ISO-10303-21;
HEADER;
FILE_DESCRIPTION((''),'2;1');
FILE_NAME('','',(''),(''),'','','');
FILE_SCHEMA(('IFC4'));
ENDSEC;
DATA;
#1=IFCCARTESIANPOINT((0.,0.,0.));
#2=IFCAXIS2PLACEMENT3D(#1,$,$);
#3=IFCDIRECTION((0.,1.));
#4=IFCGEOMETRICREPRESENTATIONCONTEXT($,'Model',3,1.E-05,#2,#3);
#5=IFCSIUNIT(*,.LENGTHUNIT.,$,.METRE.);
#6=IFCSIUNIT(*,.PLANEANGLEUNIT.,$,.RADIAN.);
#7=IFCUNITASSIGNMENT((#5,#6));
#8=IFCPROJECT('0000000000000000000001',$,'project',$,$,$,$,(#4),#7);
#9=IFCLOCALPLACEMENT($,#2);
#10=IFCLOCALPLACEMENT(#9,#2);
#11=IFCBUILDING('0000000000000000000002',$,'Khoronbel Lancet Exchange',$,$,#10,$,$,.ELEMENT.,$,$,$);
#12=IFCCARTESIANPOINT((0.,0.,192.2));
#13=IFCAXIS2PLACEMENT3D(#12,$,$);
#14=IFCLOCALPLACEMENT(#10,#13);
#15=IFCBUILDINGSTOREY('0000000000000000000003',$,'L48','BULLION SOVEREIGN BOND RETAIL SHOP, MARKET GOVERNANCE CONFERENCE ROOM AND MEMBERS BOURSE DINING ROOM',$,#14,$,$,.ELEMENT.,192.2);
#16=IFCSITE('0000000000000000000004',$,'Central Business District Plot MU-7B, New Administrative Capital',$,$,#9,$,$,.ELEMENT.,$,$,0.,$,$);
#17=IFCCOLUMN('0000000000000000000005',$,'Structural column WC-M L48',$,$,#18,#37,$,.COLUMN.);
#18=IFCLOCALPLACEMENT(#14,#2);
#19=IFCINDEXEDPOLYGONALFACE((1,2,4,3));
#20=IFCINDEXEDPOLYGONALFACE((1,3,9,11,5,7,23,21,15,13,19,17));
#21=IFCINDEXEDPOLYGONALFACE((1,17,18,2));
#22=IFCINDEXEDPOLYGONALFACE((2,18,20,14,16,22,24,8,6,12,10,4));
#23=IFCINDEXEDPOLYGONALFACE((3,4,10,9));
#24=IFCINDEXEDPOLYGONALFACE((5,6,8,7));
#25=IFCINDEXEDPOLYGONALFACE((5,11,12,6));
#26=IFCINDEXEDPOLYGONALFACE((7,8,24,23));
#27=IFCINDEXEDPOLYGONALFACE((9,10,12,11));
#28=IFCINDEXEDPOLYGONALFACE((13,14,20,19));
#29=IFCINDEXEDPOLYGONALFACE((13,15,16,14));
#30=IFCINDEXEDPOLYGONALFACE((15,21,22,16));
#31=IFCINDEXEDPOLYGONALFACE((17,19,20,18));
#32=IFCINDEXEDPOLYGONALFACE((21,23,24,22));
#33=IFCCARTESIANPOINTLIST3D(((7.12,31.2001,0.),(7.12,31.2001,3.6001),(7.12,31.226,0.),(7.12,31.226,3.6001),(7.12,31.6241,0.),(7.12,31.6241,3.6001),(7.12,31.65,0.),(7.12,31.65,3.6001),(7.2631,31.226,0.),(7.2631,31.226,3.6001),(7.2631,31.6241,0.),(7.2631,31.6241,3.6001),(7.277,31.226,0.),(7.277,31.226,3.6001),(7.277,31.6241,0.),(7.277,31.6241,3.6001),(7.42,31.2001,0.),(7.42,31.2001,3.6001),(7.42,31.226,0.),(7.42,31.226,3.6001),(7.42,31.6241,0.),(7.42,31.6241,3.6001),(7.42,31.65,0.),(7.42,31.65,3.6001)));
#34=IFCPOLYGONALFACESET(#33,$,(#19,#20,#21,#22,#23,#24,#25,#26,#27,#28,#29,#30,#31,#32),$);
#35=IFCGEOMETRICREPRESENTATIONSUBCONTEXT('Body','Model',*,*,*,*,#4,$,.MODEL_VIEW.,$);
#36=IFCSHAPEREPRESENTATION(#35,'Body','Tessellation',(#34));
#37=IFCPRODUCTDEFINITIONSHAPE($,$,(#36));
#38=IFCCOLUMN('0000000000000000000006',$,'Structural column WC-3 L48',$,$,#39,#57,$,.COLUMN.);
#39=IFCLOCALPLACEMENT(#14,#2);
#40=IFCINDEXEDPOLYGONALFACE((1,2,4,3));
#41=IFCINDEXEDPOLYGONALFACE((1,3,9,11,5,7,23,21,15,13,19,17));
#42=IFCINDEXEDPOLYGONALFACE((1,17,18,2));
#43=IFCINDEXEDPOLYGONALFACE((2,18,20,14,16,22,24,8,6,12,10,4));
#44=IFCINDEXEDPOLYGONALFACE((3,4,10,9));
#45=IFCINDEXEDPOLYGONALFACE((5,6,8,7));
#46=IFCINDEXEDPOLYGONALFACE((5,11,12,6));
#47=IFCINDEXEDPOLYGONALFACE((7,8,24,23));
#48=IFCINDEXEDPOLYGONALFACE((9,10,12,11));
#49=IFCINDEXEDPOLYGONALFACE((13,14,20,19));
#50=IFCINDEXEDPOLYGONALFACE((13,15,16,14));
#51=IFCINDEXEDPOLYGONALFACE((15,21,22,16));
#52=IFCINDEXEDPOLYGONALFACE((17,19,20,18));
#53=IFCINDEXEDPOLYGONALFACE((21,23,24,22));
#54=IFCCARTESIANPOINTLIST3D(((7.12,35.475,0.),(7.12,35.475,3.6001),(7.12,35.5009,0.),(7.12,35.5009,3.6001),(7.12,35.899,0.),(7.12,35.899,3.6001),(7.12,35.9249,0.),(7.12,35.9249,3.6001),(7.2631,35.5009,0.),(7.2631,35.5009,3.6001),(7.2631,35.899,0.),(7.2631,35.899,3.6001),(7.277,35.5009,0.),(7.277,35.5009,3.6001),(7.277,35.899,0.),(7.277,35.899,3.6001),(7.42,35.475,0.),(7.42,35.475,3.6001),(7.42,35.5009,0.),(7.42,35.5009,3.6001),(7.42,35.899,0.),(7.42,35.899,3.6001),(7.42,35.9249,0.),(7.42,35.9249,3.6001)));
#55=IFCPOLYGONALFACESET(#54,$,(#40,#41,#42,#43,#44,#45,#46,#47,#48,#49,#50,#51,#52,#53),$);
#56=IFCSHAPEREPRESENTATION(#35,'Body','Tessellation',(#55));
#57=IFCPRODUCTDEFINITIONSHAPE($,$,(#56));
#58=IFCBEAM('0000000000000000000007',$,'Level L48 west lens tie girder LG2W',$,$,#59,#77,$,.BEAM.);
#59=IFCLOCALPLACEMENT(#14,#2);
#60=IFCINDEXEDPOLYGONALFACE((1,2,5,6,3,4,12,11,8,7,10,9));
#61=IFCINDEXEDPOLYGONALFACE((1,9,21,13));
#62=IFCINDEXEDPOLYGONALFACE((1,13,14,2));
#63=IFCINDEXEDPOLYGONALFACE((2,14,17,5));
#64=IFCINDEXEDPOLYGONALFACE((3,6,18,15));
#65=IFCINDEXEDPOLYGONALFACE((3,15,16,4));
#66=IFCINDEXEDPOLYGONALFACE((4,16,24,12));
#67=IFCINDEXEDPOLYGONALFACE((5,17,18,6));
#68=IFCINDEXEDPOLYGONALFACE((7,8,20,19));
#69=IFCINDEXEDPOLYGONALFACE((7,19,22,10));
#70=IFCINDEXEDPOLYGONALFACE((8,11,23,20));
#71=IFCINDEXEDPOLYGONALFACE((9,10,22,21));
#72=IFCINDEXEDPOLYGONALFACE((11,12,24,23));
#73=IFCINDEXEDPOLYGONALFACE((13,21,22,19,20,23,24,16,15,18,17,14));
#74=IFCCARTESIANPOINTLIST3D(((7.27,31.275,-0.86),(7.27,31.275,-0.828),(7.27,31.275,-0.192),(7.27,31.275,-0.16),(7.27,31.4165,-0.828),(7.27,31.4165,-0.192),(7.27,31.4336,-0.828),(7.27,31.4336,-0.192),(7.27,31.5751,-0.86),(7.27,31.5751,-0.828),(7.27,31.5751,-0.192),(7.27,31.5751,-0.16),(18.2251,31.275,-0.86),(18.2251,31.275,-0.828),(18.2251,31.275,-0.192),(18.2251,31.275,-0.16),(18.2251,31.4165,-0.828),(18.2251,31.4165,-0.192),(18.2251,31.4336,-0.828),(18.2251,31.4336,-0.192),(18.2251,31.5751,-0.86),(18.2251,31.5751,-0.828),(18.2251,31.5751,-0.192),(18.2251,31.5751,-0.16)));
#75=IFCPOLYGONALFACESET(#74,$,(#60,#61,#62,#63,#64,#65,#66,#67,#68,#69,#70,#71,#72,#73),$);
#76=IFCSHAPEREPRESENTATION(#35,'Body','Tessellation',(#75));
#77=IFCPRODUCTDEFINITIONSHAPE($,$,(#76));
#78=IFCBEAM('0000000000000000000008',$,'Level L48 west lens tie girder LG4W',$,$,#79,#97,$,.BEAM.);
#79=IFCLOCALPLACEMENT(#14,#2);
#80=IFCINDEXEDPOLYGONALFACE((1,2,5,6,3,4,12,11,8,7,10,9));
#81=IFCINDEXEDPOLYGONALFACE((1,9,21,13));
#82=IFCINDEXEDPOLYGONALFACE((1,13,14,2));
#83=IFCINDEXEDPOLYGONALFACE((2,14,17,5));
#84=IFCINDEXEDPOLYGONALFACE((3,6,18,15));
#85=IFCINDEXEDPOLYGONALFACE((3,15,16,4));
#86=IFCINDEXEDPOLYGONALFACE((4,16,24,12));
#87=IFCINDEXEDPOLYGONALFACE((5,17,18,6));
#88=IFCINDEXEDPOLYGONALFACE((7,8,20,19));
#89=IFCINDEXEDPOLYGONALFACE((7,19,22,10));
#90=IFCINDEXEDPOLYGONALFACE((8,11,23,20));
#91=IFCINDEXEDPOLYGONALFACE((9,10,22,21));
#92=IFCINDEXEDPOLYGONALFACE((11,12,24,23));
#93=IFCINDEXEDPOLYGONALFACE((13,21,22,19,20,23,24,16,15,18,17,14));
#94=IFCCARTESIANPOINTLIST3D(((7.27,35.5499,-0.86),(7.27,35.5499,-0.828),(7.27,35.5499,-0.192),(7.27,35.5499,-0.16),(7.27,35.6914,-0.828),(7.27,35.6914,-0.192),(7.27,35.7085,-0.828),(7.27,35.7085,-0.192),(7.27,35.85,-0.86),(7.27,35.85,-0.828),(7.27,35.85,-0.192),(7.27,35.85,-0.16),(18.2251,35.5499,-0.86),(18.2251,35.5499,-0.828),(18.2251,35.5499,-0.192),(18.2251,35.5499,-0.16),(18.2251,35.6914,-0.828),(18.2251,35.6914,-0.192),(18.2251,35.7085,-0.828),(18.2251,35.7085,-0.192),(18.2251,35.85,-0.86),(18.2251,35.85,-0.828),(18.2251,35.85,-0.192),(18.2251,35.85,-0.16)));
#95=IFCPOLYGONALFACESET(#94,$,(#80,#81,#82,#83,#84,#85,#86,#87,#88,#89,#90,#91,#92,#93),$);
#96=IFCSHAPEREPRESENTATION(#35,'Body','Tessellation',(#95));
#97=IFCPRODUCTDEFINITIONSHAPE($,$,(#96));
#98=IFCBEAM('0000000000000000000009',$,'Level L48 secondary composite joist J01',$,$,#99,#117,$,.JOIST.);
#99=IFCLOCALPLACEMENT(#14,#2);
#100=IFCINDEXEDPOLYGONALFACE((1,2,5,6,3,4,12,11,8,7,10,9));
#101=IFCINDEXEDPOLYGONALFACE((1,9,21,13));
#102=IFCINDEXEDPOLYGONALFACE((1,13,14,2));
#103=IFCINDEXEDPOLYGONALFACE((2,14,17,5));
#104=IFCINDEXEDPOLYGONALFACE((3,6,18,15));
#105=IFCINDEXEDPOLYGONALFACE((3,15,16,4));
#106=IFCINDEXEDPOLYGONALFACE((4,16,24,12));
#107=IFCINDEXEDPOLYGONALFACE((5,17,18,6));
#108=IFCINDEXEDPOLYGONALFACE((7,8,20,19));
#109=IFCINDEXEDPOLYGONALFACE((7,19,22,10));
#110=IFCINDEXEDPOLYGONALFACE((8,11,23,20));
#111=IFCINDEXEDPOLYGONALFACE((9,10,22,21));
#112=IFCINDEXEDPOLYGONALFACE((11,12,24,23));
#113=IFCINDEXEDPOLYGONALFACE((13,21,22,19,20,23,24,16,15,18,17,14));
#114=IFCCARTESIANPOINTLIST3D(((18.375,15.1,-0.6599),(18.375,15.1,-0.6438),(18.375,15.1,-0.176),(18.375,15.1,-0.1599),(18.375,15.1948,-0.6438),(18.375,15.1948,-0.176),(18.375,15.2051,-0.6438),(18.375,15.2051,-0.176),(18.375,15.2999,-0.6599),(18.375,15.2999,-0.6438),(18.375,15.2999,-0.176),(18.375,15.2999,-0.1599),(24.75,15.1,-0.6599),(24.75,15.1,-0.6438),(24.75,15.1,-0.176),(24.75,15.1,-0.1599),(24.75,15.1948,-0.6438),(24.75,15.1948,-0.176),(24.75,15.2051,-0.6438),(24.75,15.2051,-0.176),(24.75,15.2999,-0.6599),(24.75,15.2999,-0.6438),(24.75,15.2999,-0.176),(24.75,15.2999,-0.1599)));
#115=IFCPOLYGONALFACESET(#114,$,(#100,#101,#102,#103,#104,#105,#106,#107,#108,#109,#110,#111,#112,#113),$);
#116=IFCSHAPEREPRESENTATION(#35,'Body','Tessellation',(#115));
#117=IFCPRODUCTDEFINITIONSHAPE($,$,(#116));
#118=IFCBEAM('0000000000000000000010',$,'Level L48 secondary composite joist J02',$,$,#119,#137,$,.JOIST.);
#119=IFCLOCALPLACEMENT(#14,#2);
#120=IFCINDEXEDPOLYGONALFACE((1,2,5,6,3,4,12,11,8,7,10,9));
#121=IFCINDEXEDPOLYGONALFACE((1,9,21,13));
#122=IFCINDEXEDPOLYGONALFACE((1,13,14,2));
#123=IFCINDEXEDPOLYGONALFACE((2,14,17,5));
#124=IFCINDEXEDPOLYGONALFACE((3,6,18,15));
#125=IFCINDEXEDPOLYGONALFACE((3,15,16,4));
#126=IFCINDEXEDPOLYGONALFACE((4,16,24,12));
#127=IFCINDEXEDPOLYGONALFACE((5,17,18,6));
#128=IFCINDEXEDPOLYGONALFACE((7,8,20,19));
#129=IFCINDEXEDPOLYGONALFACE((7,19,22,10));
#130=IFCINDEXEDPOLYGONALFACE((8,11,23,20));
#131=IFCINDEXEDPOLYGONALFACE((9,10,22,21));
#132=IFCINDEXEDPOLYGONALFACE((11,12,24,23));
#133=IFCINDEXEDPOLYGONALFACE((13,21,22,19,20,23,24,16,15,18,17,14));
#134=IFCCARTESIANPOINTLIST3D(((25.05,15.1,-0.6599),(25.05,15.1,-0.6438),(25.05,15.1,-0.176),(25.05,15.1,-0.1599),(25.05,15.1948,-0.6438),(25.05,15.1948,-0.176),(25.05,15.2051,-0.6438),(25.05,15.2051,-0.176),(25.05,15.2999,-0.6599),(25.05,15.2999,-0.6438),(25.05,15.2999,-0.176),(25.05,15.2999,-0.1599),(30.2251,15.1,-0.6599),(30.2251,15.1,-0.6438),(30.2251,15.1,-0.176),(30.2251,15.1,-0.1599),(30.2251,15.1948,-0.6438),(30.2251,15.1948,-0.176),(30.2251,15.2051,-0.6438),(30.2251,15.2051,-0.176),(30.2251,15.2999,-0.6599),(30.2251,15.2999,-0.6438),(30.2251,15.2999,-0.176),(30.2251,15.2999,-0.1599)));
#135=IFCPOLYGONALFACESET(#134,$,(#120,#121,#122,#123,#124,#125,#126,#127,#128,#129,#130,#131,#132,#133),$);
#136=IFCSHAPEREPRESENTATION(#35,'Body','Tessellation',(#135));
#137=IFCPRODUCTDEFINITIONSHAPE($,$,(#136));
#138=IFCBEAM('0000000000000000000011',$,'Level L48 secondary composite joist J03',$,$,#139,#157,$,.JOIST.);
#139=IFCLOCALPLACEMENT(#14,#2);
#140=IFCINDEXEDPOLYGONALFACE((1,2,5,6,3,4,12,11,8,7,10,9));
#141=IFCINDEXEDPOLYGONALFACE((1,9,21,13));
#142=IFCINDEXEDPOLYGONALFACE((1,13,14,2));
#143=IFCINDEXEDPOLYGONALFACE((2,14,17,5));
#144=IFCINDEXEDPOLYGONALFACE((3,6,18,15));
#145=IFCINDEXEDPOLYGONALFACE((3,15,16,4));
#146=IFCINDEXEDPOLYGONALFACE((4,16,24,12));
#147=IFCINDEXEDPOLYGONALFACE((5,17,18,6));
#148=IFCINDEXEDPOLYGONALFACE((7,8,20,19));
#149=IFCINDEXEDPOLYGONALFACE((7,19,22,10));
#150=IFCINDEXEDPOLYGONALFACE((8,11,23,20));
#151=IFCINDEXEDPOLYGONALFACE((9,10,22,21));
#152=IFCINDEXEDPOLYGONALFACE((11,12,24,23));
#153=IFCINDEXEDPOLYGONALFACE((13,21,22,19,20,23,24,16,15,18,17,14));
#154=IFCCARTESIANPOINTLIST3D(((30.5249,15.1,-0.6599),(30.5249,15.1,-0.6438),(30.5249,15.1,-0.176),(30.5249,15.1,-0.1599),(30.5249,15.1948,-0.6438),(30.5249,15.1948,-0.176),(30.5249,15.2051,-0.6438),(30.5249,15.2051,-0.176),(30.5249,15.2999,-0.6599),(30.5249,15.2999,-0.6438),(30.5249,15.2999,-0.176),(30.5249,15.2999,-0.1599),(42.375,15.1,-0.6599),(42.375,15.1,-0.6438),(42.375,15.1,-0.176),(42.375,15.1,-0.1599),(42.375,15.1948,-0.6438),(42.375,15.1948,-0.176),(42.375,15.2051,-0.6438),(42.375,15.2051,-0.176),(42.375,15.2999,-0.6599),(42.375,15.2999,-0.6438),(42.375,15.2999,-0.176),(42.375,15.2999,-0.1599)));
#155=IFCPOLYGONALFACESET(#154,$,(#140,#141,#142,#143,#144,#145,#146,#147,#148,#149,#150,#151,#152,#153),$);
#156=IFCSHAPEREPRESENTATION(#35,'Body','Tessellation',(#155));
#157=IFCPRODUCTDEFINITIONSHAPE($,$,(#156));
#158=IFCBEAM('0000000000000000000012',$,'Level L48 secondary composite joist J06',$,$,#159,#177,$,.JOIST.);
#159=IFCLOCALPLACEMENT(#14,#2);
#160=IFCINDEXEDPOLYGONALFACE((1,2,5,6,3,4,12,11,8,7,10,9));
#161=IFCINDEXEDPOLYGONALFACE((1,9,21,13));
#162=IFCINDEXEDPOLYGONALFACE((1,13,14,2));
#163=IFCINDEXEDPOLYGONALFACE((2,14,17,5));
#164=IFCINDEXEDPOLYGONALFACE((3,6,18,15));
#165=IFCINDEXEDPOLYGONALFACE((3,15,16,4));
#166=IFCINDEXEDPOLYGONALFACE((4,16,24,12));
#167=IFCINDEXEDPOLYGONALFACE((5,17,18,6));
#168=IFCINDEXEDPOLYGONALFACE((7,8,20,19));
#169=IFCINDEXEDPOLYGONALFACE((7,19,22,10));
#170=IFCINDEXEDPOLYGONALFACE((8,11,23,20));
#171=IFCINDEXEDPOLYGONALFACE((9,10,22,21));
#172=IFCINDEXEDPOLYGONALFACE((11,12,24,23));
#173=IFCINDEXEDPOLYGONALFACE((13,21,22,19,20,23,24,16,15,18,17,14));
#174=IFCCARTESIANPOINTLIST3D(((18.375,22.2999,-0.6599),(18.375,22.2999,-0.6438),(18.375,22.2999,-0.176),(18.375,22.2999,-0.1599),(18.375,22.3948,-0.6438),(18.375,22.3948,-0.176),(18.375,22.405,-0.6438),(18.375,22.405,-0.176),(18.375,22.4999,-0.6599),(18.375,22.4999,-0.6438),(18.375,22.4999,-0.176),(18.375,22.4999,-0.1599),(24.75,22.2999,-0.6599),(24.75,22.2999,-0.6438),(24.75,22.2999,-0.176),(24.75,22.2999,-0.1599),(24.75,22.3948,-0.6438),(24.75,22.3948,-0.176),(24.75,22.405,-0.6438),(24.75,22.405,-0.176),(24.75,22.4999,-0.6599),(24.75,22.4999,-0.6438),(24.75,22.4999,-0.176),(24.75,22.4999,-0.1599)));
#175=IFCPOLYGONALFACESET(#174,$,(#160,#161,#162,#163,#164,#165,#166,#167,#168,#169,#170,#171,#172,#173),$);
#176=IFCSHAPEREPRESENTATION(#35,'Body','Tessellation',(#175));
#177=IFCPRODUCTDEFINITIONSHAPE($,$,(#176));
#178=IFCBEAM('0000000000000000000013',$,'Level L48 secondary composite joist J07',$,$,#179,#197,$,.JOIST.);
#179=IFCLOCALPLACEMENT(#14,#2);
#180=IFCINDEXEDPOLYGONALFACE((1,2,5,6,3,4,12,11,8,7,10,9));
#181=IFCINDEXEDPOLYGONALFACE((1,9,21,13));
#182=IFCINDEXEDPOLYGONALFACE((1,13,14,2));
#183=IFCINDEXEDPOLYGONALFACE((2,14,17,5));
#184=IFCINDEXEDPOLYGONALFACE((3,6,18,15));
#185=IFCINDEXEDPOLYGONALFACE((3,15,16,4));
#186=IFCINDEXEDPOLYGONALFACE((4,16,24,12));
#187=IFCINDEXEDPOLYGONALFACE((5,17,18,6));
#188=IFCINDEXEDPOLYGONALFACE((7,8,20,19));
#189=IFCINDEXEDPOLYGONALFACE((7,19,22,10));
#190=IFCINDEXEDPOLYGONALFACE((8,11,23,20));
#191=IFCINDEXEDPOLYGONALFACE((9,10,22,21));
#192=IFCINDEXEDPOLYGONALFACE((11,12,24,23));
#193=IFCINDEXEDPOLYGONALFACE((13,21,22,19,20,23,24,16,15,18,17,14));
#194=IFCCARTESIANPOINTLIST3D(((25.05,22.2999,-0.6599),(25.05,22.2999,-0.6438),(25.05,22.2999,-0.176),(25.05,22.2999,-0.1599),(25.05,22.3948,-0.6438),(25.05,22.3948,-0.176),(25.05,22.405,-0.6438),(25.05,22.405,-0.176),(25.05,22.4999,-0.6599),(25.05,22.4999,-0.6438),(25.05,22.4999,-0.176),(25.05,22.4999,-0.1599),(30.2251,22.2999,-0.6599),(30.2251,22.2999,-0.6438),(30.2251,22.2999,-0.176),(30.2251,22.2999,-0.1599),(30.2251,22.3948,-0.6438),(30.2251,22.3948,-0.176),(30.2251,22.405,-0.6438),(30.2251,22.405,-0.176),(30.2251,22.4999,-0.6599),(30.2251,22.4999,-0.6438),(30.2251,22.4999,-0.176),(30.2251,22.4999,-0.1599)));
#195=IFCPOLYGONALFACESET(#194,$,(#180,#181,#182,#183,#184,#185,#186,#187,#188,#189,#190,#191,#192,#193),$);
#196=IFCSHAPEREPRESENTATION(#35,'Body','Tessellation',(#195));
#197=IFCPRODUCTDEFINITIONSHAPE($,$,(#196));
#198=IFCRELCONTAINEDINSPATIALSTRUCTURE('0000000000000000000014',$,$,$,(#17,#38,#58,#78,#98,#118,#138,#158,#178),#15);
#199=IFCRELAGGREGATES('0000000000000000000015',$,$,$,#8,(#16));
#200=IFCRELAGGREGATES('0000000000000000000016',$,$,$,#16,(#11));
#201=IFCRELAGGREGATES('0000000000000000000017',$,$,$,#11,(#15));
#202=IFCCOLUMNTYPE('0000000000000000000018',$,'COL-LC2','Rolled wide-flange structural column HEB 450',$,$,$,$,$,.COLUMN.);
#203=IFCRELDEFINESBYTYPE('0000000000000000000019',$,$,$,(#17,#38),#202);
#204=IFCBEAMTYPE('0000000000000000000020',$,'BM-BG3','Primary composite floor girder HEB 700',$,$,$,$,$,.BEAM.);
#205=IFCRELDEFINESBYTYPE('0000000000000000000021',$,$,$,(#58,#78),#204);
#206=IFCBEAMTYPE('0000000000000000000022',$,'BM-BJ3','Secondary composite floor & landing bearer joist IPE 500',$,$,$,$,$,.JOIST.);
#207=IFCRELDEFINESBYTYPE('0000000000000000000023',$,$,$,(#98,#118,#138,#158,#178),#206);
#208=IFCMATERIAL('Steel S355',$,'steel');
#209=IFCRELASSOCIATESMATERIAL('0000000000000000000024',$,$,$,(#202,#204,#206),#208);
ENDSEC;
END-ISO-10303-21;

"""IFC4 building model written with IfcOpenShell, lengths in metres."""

from ifc_helpers import new_model, si_unit, direction, frame, origin, origin_2d, place, context, subcontext, project, spatial, i_section, extrude, material, material_profile, profile_set, type_object, element, save


model = new_model("IFC4")

# Units and contexts
model_context = context("Model", 3, precision=1e-05, world=origin(), true_north=direction((0.0, 1.0)))
body_context = subcontext(model_context, "Body", "Model", "MODEL_VIEW")
ifc_project = project(units=[si_unit("LENGTHUNIT", "METRE"), si_unit("PLANEANGLEUNIT", "RADIAN")], contexts=[model_context])

# Site, building, storey
site_placement = place(None, origin())
site = spatial("IfcSite", under=ifc_project, at=site_placement, Name="Central Business District Plot MU-7B, New Administrative Capital", CompositionType="ELEMENT", RefElevation=0.0)
building_placement = place(site_placement, origin())
building = spatial("IfcBuilding", under=site, at=building_placement, Name="Khoronbel Lancet Exchange", CompositionType="ELEMENT")
storey_placement = place(building_placement, frame((0.0, 0.0, 192.2)))
storey = spatial("IfcBuildingStorey", under=building, at=storey_placement, Name="L48", Description="BULLION SOVEREIGN BOND RETAIL SHOP, MARKET GOVERNANCE CONFERENCE ROOM AND MEMBERS BOURSE DINING ROOM", CompositionType="ELEMENT", Elevation=192.2)

# Columns
ifc_material_1 = material(Name="Steel S355", Category="steel")
ifc_material_profile_1 = material_profile(ifc_material_1, i_section(OverallWidth=0.3, OverallDepth=0.45, WebThickness=0.0139, FlangeThickness=0.0259, at=origin_2d()), Name="HEB 450")
ifc_profile_set_1 = profile_set([ifc_material_profile_1], Name="Steel S355")
column_type = type_object("IfcColumnType", Name="COL-LC2", Description="Rolled wide-flange structural column HEB 450", PredefinedType="COLUMN", material=ifc_profile_set_1)
for number, where, z_axis, x_axis, name in (
    (1, (7.27, 31.425, 0.0), (0.0, 0.0, 1.0), (1.0, 0.0, 0.0), "Structural column WC-M L48"),
    (2, (7.27, 35.7, 0.0), (0.0, 0.0, 1.0), (1.0, 0.0, 0.0), "Structural column WC-3 L48"),
):
    element("IfcColumn", number, at=place(storey_placement, frame(where, z_axis=z_axis, x_axis=x_axis)), inside=storey, type_object=column_type, Name=name, PredefinedType="COLUMN", context=body_context, shape_type="SweptSolid", body=[
        extrude(i_section(OverallWidth=0.3, OverallDepth=0.45, WebThickness=0.0139, FlangeThickness=0.0259, at=origin_2d()), origin(), (0.0, 0.0, 1.0), 3.6001),
    ])

# Beams
ifc_material_profile_2 = material_profile(ifc_material_1, i_section(OverallWidth=0.3, OverallDepth=0.7, WebThickness=0.0171, FlangeThickness=0.032, at=origin_2d()), Name="HEB 700")
ifc_profile_set_2 = profile_set([ifc_material_profile_2], Name="Steel S355")
beam_type_1 = type_object("IfcBeamType", Name="BM-BG3", Description="Primary composite floor girder HEB 700", PredefinedType="BEAM", material=ifc_profile_set_2)
for number, where, z_axis, x_axis, name in (
    (3, (7.27, 31.425, -0.51), (1.0, 0.0, 0.0), (0.0, 1.0, 0.0), "Level L48 west lens tie girder LG2W"),
    (4, (7.27, 35.7, -0.51), (1.0, 0.0, 0.0), (0.0, 1.0, 0.0), "Level L48 west lens tie girder LG4W"),
):
    element("IfcBeam", number, at=place(storey_placement, frame(where, z_axis=z_axis, x_axis=x_axis)), inside=storey, type_object=beam_type_1, Name=name, PredefinedType="BEAM", context=body_context, shape_type="SweptSolid", body=[
        extrude(i_section(OverallWidth=0.3, OverallDepth=0.7, WebThickness=0.0171, FlangeThickness=0.032, at=origin_2d()), origin(), (0.0, 0.0, 1.0), 10.9551),
    ])
ifc_material_profile_3 = material_profile(ifc_material_1, i_section(OverallWidth=0.2, OverallDepth=0.5, WebThickness=0.0103, FlangeThickness=0.0161, at=origin_2d()), Name="IPE 500")
ifc_profile_set_3 = profile_set([ifc_material_profile_3], Name="Steel S355")
beam_type_2 = type_object("IfcBeamType", Name="BM-BJ3", Description="Secondary composite floor & landing bearer joist IPE 500", PredefinedType="JOIST", material=ifc_profile_set_3)
beam_1_placement = place(storey_placement, frame((18.375, 15.2, -0.4099), z_axis=(1.0, 0.0, 0.0), x_axis=(0.0, 1.0, 0.0)))
element("IfcBeam", 5, at=beam_1_placement, inside=storey, type_object=beam_type_2, Name="Level L48 secondary composite joist J01", PredefinedType="JOIST", context=body_context, shape_type="SweptSolid", body=[
    extrude(i_section(OverallWidth=0.2, OverallDepth=0.5, WebThickness=0.0103, FlangeThickness=0.0161, at=origin_2d()), origin(), (0.0, 0.0, 1.0), 6.375),
])
beam_2_placement = place(storey_placement, frame((25.05, 15.2, -0.4099), z_axis=(1.0, 0.0, 0.0), x_axis=(0.0, 1.0, 0.0)))
element("IfcBeam", 6, at=beam_2_placement, inside=storey, type_object=beam_type_2, Name="Level L48 secondary composite joist J02", PredefinedType="JOIST", context=body_context, shape_type="SweptSolid", body=[
    extrude(i_section(OverallWidth=0.2, OverallDepth=0.5, WebThickness=0.0103, FlangeThickness=0.0161, at=origin_2d()), origin(), (0.0, 0.0, 1.0), 5.175),
])
beam_3_placement = place(storey_placement, frame((30.5249, 15.2, -0.4099), z_axis=(1.0, 0.0, 0.0), x_axis=(0.0, 1.0, 0.0)))
element("IfcBeam", 7, at=beam_3_placement, inside=storey, type_object=beam_type_2, Name="Level L48 secondary composite joist J03", PredefinedType="JOIST", context=body_context, shape_type="SweptSolid", body=[
    extrude(i_section(OverallWidth=0.2, OverallDepth=0.5, WebThickness=0.0103, FlangeThickness=0.0161, at=origin_2d()), origin(), (0.0, 0.0, 1.0), 11.8501),
])
beam_4_placement = place(storey_placement, frame((18.375, 22.3999, -0.4099), z_axis=(1.0, 0.0, 0.0), x_axis=(0.0, 1.0, 0.0)))
element("IfcBeam", 8, at=beam_4_placement, inside=storey, type_object=beam_type_2, Name="Level L48 secondary composite joist J06", PredefinedType="JOIST", context=body_context, shape_type="SweptSolid", body=[
    extrude(i_section(OverallWidth=0.2, OverallDepth=0.5, WebThickness=0.0103, FlangeThickness=0.0161, at=origin_2d()), origin(), (0.0, 0.0, 1.0), 6.375),
])
beam_5_placement = place(storey_placement, frame((25.05, 22.3999, -0.4099), z_axis=(1.0, 0.0, 0.0), x_axis=(0.0, 1.0, 0.0)))
element("IfcBeam", 9, at=beam_5_placement, inside=storey, type_object=beam_type_2, Name="Level L48 secondary composite joist J07", PredefinedType="JOIST", context=body_context, shape_type="SweptSolid", body=[
    extrude(i_section(OverallWidth=0.2, OverallDepth=0.5, WebThickness=0.0103, FlangeThickness=0.0161, at=origin_2d()), origin(), (0.0, 0.0, 1.0), 5.175),
])

save(model, "model.ifc")
